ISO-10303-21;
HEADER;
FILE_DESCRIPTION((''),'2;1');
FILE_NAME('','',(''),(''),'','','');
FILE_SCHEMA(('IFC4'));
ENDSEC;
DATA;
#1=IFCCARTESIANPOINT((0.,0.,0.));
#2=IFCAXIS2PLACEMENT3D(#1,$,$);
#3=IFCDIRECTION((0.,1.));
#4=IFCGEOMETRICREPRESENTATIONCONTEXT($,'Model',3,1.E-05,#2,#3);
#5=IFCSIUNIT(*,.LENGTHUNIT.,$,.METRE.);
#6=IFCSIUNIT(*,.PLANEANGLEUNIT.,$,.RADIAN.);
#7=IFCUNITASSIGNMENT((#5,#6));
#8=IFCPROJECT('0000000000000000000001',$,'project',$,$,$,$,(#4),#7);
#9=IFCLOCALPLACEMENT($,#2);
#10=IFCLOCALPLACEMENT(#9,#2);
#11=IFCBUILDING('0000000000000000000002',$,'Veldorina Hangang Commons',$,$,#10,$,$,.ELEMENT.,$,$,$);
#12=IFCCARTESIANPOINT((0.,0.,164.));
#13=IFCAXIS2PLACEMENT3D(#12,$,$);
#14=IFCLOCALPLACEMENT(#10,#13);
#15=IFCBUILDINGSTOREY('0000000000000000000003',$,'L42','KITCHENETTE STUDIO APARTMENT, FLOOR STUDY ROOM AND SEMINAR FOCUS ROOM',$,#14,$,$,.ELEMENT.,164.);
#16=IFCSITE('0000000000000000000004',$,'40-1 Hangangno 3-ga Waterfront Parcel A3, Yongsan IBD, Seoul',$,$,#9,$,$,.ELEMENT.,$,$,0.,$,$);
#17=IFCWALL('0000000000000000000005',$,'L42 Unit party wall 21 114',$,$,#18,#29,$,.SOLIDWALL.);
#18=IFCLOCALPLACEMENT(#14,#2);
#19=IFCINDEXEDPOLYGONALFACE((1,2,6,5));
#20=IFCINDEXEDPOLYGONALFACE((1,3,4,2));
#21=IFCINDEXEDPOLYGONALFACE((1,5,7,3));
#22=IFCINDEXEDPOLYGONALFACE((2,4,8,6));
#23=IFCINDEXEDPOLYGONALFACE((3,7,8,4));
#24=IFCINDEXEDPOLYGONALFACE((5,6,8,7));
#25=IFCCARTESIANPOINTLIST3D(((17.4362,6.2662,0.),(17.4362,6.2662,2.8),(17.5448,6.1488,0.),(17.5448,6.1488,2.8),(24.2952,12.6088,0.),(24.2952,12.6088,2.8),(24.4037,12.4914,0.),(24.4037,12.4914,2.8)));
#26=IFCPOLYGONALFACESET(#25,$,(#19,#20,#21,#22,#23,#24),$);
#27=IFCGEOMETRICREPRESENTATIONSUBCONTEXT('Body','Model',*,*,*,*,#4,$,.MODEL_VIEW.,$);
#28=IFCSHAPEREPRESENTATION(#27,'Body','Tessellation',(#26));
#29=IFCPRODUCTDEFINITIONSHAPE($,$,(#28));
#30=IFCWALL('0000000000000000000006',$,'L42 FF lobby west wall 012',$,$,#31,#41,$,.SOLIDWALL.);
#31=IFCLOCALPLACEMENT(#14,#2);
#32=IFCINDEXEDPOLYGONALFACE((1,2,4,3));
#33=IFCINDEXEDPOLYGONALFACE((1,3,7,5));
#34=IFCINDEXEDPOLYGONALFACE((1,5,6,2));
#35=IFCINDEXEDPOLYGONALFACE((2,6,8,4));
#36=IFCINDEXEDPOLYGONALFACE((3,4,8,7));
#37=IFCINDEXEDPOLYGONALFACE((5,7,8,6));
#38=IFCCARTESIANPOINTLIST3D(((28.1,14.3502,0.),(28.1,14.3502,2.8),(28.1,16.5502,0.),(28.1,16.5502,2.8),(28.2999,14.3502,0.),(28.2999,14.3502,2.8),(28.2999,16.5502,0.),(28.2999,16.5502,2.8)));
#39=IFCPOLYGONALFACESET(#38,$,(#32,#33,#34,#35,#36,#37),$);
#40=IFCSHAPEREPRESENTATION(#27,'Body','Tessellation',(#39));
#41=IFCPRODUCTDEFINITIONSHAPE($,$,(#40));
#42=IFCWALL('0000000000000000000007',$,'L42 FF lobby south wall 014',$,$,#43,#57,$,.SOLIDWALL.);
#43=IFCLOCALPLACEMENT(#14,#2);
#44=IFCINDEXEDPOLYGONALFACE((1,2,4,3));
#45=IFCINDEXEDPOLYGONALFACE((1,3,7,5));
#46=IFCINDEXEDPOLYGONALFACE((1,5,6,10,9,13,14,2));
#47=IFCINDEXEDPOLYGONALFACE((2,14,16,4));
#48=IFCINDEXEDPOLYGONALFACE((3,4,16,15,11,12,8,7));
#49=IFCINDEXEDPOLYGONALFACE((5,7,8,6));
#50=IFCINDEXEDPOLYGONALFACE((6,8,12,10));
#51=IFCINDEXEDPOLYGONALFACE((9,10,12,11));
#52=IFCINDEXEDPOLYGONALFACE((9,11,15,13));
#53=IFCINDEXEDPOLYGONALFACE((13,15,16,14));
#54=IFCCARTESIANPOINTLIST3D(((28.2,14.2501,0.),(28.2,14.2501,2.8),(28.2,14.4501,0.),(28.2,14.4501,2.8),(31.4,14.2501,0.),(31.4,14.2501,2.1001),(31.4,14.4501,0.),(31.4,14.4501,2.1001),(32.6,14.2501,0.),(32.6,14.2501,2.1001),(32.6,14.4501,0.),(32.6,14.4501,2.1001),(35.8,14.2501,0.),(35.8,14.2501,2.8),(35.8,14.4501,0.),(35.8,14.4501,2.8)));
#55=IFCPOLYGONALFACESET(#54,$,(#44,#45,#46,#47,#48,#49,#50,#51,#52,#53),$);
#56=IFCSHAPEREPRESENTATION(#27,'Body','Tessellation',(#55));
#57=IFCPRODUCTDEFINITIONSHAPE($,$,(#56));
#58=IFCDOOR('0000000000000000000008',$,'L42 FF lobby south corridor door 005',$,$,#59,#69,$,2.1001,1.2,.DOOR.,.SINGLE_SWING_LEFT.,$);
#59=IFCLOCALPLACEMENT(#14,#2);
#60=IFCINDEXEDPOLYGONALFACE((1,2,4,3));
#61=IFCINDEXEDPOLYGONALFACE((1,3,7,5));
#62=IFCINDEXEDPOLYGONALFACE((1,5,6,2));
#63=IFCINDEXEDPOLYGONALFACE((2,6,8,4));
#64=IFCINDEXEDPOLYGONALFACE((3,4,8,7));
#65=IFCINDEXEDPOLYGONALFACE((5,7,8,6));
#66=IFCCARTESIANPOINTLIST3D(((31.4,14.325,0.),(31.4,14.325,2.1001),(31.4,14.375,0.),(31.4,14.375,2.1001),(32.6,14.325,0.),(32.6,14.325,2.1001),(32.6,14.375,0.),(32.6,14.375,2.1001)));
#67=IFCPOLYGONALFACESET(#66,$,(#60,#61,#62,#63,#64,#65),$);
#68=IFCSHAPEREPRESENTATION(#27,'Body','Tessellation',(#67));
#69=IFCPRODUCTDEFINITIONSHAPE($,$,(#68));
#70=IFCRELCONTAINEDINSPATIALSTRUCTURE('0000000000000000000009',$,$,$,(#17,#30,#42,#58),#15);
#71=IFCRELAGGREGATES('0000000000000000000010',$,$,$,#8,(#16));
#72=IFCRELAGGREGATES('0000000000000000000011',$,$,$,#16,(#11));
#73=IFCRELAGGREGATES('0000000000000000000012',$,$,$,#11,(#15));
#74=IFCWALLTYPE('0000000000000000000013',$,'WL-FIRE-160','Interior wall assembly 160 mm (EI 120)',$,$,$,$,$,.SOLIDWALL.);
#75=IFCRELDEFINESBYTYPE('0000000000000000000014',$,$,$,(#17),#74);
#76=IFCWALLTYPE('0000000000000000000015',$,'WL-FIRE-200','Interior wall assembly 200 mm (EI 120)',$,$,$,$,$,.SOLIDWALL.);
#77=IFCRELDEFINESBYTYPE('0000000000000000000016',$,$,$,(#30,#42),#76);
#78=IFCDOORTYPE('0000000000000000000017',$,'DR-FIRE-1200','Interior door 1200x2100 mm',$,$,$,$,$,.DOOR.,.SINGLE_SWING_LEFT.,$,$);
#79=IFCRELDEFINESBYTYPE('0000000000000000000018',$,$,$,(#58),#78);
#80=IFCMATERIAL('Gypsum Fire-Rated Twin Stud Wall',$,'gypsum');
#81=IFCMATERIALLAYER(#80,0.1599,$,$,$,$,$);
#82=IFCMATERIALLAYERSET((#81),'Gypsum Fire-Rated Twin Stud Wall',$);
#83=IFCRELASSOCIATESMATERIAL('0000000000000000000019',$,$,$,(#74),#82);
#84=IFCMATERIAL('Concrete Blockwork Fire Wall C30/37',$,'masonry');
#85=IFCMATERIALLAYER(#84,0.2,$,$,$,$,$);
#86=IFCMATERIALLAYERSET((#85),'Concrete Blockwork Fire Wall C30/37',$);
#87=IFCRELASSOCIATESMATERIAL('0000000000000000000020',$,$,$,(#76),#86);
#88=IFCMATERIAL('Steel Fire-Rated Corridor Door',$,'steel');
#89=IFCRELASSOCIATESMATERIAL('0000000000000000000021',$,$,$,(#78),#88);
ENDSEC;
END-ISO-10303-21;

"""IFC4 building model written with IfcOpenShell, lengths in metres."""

from ifc_helpers import new_model, si_unit, direction, frame, frame_2d, origin, place, context, subcontext, project, spatial, rectangle, extrude, material, layer, layer_set, type_object, element, fill, save


model = new_model("IFC4")

# Units and contexts
model_context = context("Model", 3, precision=1e-05, world=origin(), true_north=direction((0.0, 1.0)))
body_context = subcontext(model_context, "Body", "Model", "MODEL_VIEW")
ifc_project = project(units=[si_unit("LENGTHUNIT", "METRE"), si_unit("PLANEANGLEUNIT", "RADIAN")], contexts=[model_context])

# Site, building, storey
site_placement = place(None, origin())
site = spatial("IfcSite", under=ifc_project, at=site_placement, Name="40-1 Hangangno 3-ga Waterfront Parcel A3, Yongsan IBD, Seoul", CompositionType="ELEMENT", RefElevation=0.0)
building_placement = place(site_placement, origin())
building = spatial("IfcBuilding", under=site, at=building_placement, Name="Veldorina Hangang Commons", CompositionType="ELEMENT")
storey_placement = place(building_placement, frame((0.0, 0.0, 164.0)))
storey = spatial("IfcBuildingStorey", under=building, at=storey_placement, Name="L42", Description="KITCHENETTE STUDIO APARTMENT, FLOOR STUDY ROOM AND SEMINAR FOCUS ROOM", CompositionType="ELEMENT", Elevation=164.0)

# Shared definitions
ifc_material_1 = material(Name="Gypsum Fire-Rated Twin Stud Wall", Category="gypsum")
ifc_layer_1 = layer(ifc_material_1, 0.1599)
ifc_layer_set_1 = layer_set([ifc_layer_1], Name="Gypsum Fire-Rated Twin Stud Wall")
wall_type_1 = type_object("IfcWallType", Name="WL-FIRE-160", Description="Interior wall assembly 160 mm (EI 120)", PredefinedType="SOLIDWALL", material=ifc_layer_set_1)

# Walls
wall_1_placement = place(storey_placement, frame((24.3494, 12.55, 0.0), z_axis=(0.0, 0.0, 1.0), x_axis=(-0.734203, -0.67893, 0.0)))
element("IfcWall", 1, at=wall_1_placement, inside=storey, type_object=wall_type_1, Name="L42 Unit party wall 21 114", PredefinedType="SOLIDWALL", context=body_context, shape_type="SweptSolid", body=[
    extrude(rectangle(XDim=9.342, YDim=0.1599, at=frame_2d((4.6709, 0.0))), origin(), (0.0, 0.0, 1.0), 2.8),
])
ifc_material_2 = material(Name="Concrete Blockwork Fire Wall C30/37", Category="masonry")
ifc_layer_2 = layer(ifc_material_2, 0.2)
ifc_layer_set_2 = layer_set([ifc_layer_2], Name="Concrete Blockwork Fire Wall C30/37")
wall_type_2 = type_object("IfcWallType", Name="WL-FIRE-200", Description="Interior wall assembly 200 mm (EI 120)", PredefinedType="SOLIDWALL", material=ifc_layer_set_2)
wall_2_placement = place(storey_placement, frame((28.2, 14.3501, 0.0), z_axis=(0.0, 0.0, 1.0), x_axis=(0.0, 1.0, 0.0)))
element("IfcWall", 2, at=wall_2_placement, inside=storey, type_object=wall_type_2, Name="L42 FF lobby west wall 012", PredefinedType="SOLIDWALL", context=body_context, shape_type="SweptSolid", body=[
    extrude(rectangle(XDim=2.2, YDim=0.2, at=frame_2d((1.1001, 0.0))), origin(), (0.0, 0.0, 1.0), 2.8),
])

# Wall, opening, door
wall_3_placement = place(storey_placement, frame((28.2, 14.3501, 0.0), z_axis=(0.0, 0.0, 1.0), x_axis=(1.0, 0.0, 0.0)))
wall_3 = element("IfcWall", 3, at=wall_3_placement, inside=storey, type_object=wall_type_2, Name="L42 FF lobby south wall 014", PredefinedType="SOLIDWALL", context=body_context, shape_type="SweptSolid", body=[
    extrude(rectangle(XDim=7.6001, YDim=0.2, at=frame_2d((3.8, 0.0))), origin(), (0.0, 0.0, 1.0), 2.8),
])
opening_1_placement = place(wall_3_placement, frame((3.2, 0.0, 0.0)))
opening_1 = element("IfcOpeningElement", 4, at=opening_1_placement, cuts=wall_3, PredefinedType="OPENING", context=body_context, shape_type="SweptSolid", body=[
    extrude(rectangle(XDim=1.2, YDim=2.1001, at=frame_2d((0.6001, 1.05))), frame((0.0, 0.1099, 0.0), z_axis=(0.0, -1.0, 0.0), x_axis=(1.0, 0.0, 0.0)), (0.0, 0.0, 1.0), 0.22),
])
ifc_material_3 = material(Name="Steel Fire-Rated Corridor Door", Category="steel")
door_type_1 = type_object("IfcDoorType", Name="DR-FIRE-1200", Description="Interior door 1200x2100 mm", OperationType="SINGLE_SWING_LEFT", PredefinedType="DOOR", material=ifc_material_3)
door_1_placement = place(opening_1_placement, origin())
door_1 = element("IfcDoor", 5, at=door_1_placement, inside=storey, type_object=door_type_1, Name="L42 FF lobby south corridor door 005", OperationType="SINGLE_SWING_LEFT", OverallHeight=2.1001, OverallWidth=1.2, PredefinedType="DOOR", context=body_context, shape_type="SweptSolid", body=[
    extrude(rectangle(XDim=1.2, YDim=2.1001, at=frame_2d((0.6001, 1.05))), frame((0.0, 0.0249, 0.0), z_axis=(0.0, -1.0, 0.0), x_axis=(1.0, 0.0, 0.0)), (0.0, 0.0, 1.0), 0.05),
])
fill(opening_1, door_1)

save(model, "model.ifc")
